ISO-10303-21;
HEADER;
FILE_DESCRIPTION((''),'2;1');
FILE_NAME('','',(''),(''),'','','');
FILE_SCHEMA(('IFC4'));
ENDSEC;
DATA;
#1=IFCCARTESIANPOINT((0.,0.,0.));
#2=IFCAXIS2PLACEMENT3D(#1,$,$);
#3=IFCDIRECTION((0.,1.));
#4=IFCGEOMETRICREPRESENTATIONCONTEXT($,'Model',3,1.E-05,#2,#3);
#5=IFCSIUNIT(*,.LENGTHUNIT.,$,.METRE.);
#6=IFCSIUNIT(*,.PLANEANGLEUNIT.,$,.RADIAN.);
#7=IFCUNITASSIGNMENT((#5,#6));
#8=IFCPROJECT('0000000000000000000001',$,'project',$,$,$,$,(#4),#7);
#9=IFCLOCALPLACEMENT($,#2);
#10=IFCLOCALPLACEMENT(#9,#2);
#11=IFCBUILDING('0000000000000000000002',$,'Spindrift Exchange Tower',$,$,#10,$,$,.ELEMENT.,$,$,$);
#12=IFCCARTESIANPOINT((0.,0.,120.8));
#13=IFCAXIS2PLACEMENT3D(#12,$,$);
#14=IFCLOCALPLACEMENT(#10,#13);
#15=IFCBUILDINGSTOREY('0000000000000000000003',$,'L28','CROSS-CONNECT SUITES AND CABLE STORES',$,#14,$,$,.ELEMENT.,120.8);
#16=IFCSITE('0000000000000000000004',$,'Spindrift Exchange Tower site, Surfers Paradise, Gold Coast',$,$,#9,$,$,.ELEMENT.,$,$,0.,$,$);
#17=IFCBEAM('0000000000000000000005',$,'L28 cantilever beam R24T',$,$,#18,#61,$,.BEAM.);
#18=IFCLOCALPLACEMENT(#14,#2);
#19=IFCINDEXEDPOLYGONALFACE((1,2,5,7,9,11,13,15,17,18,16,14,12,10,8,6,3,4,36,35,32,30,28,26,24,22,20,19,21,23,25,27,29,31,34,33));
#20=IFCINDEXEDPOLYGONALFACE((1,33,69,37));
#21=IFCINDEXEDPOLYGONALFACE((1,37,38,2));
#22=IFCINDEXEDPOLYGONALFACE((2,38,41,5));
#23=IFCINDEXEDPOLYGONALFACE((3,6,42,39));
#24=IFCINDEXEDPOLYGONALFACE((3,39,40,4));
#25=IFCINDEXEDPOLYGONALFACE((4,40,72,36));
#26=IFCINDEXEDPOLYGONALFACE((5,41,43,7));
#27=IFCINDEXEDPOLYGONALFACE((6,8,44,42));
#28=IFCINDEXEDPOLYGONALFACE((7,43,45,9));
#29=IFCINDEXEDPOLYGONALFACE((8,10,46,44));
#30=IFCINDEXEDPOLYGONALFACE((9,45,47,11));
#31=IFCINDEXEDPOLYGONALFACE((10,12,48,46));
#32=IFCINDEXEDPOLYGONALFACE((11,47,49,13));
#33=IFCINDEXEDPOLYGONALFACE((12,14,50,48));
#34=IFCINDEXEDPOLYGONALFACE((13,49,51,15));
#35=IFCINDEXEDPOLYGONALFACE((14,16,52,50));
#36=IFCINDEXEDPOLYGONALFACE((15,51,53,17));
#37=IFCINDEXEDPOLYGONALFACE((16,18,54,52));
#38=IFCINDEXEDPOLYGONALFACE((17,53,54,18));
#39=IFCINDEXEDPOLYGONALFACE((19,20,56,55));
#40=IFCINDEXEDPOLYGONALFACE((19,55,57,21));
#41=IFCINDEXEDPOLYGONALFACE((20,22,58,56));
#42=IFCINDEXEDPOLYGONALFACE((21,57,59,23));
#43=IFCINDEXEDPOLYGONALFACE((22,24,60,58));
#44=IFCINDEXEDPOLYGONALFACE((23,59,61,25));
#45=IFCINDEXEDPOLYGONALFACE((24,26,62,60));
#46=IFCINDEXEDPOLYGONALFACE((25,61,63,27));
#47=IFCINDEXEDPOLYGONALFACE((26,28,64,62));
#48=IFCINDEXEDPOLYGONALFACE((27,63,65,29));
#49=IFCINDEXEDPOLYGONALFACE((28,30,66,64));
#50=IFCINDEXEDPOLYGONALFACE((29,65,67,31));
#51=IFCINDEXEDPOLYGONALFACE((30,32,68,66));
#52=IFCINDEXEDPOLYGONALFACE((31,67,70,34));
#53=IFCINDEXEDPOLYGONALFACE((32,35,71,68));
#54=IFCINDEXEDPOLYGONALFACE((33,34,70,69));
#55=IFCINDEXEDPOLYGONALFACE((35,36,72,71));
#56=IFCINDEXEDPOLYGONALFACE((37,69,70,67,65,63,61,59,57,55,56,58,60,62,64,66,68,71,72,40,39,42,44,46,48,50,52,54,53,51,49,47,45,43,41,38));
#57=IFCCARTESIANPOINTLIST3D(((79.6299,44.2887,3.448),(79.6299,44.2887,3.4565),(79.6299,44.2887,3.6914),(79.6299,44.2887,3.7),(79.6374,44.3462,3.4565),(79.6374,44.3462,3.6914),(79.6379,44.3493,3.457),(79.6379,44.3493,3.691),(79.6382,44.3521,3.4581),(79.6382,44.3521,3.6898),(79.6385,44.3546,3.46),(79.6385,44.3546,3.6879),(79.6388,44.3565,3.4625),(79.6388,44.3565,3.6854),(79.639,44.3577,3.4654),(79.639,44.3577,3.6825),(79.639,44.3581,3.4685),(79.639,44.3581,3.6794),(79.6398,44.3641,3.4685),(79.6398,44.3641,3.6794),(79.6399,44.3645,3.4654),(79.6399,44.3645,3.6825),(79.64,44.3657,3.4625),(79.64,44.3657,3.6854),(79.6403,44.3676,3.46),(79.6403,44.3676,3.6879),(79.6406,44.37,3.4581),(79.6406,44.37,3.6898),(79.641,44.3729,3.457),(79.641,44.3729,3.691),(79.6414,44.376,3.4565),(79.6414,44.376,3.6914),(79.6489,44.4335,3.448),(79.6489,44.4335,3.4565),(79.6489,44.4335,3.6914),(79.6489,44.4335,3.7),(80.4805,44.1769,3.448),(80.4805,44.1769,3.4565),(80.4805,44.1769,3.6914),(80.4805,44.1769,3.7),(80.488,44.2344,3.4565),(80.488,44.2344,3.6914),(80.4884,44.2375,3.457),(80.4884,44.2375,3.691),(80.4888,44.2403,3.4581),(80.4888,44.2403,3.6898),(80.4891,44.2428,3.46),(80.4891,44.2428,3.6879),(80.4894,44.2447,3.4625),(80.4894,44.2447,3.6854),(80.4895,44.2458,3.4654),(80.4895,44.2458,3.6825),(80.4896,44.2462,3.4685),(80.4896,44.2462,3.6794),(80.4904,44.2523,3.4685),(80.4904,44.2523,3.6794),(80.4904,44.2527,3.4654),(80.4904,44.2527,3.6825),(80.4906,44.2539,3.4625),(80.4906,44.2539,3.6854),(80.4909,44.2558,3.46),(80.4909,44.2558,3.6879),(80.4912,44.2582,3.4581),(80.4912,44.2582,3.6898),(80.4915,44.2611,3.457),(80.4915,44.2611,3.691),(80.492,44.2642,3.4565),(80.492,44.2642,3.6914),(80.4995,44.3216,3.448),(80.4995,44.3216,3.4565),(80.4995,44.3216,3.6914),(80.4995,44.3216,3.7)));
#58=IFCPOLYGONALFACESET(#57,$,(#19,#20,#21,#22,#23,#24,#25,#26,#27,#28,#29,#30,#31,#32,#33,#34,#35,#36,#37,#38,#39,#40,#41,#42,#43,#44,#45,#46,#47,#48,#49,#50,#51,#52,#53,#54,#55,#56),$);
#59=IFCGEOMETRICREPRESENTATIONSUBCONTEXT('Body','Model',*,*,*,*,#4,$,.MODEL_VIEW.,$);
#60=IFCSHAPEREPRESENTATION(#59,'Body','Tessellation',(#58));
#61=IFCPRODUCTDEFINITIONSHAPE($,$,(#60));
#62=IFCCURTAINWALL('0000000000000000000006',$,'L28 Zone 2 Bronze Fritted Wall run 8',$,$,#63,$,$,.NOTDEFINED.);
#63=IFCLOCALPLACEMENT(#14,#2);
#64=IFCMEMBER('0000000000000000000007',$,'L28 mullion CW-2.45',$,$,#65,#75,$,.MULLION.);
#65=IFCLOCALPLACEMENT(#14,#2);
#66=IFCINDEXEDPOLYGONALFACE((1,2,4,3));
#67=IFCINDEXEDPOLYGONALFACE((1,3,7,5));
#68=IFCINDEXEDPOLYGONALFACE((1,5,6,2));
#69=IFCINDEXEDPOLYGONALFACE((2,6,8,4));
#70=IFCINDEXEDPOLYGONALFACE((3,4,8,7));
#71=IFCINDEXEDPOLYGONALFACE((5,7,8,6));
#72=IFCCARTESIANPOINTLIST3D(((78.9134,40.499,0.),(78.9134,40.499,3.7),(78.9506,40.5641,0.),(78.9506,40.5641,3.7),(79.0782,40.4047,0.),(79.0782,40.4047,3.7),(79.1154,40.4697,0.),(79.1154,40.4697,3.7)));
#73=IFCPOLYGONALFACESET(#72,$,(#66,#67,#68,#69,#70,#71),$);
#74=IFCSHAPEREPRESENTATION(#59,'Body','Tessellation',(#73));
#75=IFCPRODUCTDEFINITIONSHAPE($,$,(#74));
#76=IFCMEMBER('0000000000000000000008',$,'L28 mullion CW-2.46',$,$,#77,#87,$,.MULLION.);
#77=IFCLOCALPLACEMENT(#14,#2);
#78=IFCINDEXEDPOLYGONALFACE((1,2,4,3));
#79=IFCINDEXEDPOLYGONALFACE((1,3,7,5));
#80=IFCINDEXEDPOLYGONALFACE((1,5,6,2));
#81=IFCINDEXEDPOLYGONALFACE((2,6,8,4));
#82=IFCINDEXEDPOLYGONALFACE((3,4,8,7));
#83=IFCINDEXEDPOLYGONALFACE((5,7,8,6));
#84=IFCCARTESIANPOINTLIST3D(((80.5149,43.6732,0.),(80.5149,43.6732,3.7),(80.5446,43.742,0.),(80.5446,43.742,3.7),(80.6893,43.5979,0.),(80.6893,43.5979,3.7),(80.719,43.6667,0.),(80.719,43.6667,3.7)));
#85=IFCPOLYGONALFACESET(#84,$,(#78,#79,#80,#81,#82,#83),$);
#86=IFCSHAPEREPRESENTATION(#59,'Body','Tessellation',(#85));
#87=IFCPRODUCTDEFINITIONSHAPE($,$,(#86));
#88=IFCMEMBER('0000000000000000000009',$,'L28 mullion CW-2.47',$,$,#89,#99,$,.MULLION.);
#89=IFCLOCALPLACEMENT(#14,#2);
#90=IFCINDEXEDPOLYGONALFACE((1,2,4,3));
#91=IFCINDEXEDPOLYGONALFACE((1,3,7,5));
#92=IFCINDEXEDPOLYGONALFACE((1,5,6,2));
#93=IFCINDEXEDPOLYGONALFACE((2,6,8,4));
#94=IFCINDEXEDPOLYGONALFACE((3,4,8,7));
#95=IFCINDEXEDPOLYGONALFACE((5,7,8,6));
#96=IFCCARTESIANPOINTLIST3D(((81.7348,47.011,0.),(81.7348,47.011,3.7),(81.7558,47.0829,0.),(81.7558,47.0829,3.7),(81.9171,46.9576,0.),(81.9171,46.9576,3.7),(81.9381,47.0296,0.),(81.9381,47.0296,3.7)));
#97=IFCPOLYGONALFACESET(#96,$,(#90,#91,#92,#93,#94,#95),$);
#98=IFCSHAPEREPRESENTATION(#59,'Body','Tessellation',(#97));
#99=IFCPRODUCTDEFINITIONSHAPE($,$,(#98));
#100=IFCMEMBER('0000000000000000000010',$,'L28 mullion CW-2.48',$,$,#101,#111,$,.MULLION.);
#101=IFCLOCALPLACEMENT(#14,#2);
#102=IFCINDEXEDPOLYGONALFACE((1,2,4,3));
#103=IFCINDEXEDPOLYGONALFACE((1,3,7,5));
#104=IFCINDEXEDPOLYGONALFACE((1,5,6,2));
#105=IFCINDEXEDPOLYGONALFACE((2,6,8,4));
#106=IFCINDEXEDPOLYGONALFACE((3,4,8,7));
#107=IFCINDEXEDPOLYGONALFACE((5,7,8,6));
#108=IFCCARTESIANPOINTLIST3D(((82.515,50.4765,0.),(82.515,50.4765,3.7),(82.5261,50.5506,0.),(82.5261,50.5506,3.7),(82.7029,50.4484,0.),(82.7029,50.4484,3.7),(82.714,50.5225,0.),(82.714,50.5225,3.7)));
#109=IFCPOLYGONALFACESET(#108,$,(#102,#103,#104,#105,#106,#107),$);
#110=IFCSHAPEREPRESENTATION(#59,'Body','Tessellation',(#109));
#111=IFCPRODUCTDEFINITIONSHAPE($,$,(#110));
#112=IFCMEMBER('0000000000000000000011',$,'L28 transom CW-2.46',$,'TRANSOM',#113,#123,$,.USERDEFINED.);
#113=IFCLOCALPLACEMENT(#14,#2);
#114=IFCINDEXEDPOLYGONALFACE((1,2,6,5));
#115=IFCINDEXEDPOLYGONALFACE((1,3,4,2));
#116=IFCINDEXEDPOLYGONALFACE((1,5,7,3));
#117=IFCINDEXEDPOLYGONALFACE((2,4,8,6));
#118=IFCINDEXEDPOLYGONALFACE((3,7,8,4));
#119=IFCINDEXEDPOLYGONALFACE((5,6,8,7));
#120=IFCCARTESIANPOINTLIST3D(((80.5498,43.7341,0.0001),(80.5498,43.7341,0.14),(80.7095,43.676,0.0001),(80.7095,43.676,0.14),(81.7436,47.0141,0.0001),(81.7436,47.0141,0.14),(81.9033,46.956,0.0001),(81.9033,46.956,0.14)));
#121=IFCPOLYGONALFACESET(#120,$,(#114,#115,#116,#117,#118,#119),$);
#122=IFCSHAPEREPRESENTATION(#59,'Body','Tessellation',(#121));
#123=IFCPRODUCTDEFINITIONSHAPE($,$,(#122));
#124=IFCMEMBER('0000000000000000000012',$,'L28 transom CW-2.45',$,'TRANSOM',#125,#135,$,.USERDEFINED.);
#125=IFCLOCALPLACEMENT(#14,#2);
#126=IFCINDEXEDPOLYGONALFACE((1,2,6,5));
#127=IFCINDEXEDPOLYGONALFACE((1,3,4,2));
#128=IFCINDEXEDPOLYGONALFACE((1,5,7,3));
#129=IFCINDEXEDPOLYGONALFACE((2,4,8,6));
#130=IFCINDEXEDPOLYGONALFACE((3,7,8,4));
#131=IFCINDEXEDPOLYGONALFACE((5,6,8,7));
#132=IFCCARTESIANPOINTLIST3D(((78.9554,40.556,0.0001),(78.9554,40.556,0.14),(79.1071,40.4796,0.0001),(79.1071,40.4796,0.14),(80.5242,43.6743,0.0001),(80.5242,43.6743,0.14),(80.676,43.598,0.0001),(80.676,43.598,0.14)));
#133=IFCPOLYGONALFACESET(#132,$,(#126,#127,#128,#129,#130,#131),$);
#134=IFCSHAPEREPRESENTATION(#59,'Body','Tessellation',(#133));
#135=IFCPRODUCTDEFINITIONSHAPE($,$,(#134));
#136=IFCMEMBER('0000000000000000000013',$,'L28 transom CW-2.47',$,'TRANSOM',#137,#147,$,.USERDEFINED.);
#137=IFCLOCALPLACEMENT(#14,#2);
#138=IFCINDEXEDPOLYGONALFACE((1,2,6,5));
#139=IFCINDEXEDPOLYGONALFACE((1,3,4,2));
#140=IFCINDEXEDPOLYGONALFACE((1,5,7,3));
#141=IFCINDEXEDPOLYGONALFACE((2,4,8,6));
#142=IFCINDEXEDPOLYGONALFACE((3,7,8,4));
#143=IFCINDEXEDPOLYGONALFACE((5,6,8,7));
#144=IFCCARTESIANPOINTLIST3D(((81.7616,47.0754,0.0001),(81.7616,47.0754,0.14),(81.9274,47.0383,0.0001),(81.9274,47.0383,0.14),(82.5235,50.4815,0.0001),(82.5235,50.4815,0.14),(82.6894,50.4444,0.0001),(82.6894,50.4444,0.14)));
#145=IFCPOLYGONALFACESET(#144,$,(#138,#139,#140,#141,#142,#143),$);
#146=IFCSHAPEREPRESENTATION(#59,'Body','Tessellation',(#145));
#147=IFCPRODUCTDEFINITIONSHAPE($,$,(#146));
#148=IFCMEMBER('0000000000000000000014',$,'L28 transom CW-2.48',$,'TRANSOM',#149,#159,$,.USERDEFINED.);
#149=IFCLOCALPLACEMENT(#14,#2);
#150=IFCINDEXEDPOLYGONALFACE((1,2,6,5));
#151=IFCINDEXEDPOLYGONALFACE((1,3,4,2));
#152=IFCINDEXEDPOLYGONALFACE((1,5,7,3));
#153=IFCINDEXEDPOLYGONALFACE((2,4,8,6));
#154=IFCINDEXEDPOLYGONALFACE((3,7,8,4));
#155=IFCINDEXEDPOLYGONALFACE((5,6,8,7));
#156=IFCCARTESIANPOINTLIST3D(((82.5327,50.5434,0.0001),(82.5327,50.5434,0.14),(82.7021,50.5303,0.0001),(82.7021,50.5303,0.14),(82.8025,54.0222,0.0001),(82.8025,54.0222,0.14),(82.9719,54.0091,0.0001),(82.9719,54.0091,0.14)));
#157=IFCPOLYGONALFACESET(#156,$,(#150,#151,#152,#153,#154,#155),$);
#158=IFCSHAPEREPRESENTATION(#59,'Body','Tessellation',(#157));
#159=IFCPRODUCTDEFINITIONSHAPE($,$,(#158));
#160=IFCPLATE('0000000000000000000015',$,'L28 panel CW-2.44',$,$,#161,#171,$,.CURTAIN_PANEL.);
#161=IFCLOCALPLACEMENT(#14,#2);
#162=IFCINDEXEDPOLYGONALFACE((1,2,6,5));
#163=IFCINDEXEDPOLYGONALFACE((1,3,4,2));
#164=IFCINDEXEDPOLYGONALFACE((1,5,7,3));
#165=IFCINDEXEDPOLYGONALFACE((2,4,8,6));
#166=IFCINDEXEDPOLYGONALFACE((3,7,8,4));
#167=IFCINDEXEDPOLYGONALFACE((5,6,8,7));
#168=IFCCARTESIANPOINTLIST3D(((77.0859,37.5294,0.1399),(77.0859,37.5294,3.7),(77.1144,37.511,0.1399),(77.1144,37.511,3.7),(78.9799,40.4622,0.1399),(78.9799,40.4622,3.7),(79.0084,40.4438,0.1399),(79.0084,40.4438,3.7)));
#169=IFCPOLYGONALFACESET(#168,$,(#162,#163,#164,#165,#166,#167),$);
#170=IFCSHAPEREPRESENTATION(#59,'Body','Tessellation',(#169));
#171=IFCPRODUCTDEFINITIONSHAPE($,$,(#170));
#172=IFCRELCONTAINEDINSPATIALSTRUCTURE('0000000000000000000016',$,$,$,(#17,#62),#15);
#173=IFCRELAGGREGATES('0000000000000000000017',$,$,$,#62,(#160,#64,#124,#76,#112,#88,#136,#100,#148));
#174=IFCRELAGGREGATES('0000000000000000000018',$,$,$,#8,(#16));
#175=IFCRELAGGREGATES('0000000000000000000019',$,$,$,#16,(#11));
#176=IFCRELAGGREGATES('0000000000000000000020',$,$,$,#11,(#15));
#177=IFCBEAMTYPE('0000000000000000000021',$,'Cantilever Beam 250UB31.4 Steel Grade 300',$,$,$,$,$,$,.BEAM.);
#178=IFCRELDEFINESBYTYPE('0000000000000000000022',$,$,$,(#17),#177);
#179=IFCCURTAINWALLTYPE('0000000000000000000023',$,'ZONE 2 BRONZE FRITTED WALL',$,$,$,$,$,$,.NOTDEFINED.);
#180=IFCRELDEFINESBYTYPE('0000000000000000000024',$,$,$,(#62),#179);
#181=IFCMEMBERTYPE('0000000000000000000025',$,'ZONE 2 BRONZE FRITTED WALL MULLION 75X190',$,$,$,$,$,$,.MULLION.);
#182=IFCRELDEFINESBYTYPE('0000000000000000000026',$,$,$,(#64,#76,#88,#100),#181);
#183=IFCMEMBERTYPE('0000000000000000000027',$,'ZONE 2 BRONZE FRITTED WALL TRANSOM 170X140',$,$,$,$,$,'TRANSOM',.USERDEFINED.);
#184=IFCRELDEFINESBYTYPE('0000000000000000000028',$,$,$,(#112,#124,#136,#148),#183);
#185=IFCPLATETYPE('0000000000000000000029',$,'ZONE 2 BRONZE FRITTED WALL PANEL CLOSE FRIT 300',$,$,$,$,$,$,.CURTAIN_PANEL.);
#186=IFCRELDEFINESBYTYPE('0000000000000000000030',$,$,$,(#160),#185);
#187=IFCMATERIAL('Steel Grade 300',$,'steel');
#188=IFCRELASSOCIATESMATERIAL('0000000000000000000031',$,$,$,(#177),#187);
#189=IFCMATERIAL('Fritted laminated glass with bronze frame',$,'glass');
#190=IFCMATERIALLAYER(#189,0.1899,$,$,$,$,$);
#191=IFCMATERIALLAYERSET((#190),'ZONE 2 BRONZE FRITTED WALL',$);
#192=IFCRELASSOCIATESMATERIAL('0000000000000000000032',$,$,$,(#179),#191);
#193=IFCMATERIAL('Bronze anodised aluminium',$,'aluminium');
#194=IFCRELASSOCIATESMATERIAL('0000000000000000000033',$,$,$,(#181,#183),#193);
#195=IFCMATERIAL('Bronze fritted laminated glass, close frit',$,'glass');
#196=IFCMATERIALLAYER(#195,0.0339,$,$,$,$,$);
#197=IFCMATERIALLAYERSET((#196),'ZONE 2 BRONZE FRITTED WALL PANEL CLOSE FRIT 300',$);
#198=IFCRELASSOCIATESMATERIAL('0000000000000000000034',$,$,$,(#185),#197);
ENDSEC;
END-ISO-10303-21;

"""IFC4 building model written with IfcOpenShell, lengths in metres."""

from ifc_helpers import new_model, si_unit, direction, frame, origin, origin_2d, place, context, subcontext, project, spatial, rectangle, i_section, extrude, source, transform, mapped, material, layer, layer_set, material_profile, profile_set, type_object, element, aggregate, save


model = new_model("IFC4")

# Units and contexts
model_context = context("Model", 3, precision=1e-05, world=origin(), true_north=direction((0.0, 1.0)))
body_context = subcontext(model_context, "Body", "Model", "MODEL_VIEW")
ifc_project = project(units=[si_unit("LENGTHUNIT", "METRE"), si_unit("PLANEANGLEUNIT", "RADIAN")], contexts=[model_context])

# Site, building, storey
site_placement = place(None, origin())
site = spatial("IfcSite", under=ifc_project, at=site_placement, Name="Spindrift Exchange Tower site, Surfers Paradise, Gold Coast", CompositionType="ELEMENT", RefElevation=0.0)
building_placement = place(site_placement, origin())
building = spatial("IfcBuilding", under=site, at=building_placement, Name="Spindrift Exchange Tower", CompositionType="ELEMENT")
storey_placement = place(building_placement, frame((0.0, 0.0, 120.8)))
storey = spatial("IfcBuildingStorey", under=building, at=storey_placement, Name="L28", Description="CROSS-CONNECT SUITES AND CABLE STORES", CompositionType="ELEMENT", Elevation=120.8)

# Beam
ifc_material_1 = material(Name="Steel Grade 300", Category="steel")
ifc_material_profile_1 = material_profile(ifc_material_1, i_section(OverallWidth=0.146, OverallDepth=0.252, WebThickness=0.0061, FlangeThickness=0.0085, FilletRadius=0.012, at=origin_2d()), Name="250UB31.4")
ifc_profile_set_1 = profile_set([ifc_material_profile_1], Name="Steel Grade 300")
beam_type_1 = type_object("IfcBeamType", Name="Cantilever Beam 250UB31.4 Steel Grade 300", PredefinedType="BEAM", material=ifc_profile_set_1)
shared_shape_1 = source(origin(), body_context, "Body", "SweptSolid", [
    extrude(i_section(OverallWidth=0.146, OverallDepth=0.252, WebThickness=0.0061, FlangeThickness=0.0085, FilletRadius=0.012, at=origin_2d()), origin(), (0.0, 0.0, 1.0), 0.8579),
])
beam_1_placement = place(storey_placement, frame((79.6394, 44.3611, 3.574), z_axis=(0.99147, -0.130337, 0.0), x_axis=(0.130337, 0.99147, 0.0)))
element("IfcBeam", 1, at=beam_1_placement, inside=storey, type_object=beam_type_1, Name="L28 cantilever beam R24T", PredefinedType="BEAM", context=body_context, shape_type="MappedRepresentation", body=[
    mapped(shared_shape_1, transform((0.0, 0.0, 0.0), scale=1.0)),
])

# Curtain wall, members, plate
ifc_material_2 = material(Name="Fritted laminated glass with bronze frame", Category="glass")
ifc_layer_1 = layer(ifc_material_2, 0.1899)
ifc_layer_set_1 = layer_set([ifc_layer_1], Name="ZONE 2 BRONZE FRITTED WALL")
curtain_wall_type = type_object("IfcCurtainWallType", Name="ZONE 2 BRONZE FRITTED WALL", PredefinedType="NOTDEFINED", material=ifc_layer_set_1)
curtain_wall_placement = place(storey_placement, origin())
curtain_wall = element("IfcCurtainWall", 2, at=curtain_wall_placement, inside=storey, type_object=curtain_wall_type, Name="L28 Zone 2 Bronze Fritted Wall run 8", PredefinedType="NOTDEFINED")
ifc_material_3 = material(Name="Bronze anodised aluminium", Category="aluminium")
ifc_material_profile_2 = material_profile(ifc_material_3, rectangle(XDim=0.075, YDim=0.1899, at=origin_2d()), Name="ZONE 2 BRONZE FRITTED WALL MULLION 75X190")
ifc_profile_set_2 = profile_set([ifc_material_profile_2], Name="Bronze anodised aluminium")
member_type_1 = type_object("IfcMemberType", Name="ZONE 2 BRONZE FRITTED WALL MULLION 75X190", PredefinedType="MULLION", material=ifc_profile_set_2)
shared_shape_2 = source(origin(), body_context, "Body", "SweptSolid", [
    extrude(rectangle(XDim=0.075, YDim=0.1899, at=origin_2d()), origin(), (0.0, 0.0, 1.0), 3.7),
])
member_1_placement = place(storey_placement, frame((79.0144, 40.4844, 0.0), z_axis=(0.0, 0.0, 1.0), x_axis=(0.496685, 0.867931, 0.0)))
member_1 = element("IfcMember", 3, at=member_1_placement, type_object=member_type_1, Name="L28 mullion CW-2.45", PredefinedType="MULLION", context=body_context, shape_type="MappedRepresentation", body=[
    mapped(shared_shape_2, transform((0.0, 0.0, 0.0), scale=1.0)),
])
member_2_placement = place(storey_placement, frame((80.6169, 43.6699, 0.0), z_axis=(0.0, 0.0, 1.0), x_axis=(0.396408, 0.918075, 0.0)))
member_2 = element("IfcMember", 4, at=member_2_placement, type_object=member_type_1, Name="L28 mullion CW-2.46", PredefinedType="MULLION", context=body_context, shape_type="MappedRepresentation", body=[
    mapped(shared_shape_2, transform((0.0, 0.0, 0.0), scale=1.0)),
])
member_3_placement = place(storey_placement, frame((81.8364, 47.0203, 0.0), z_axis=(0.0, 0.0, 1.0), x_axis=(0.280738, 0.959784, 0.0)))
member_3 = element("IfcMember", 5, at=member_3_placement, type_object=member_type_1, Name="L28 mullion CW-2.47", PredefinedType="MULLION", context=body_context, shape_type="MappedRepresentation", body=[
    mapped(shared_shape_2, transform((0.0, 0.0, 0.0), scale=1.0)),
])
member_4_placement = place(storey_placement, frame((82.6145, 50.4995, 0.0), z_axis=(0.0, 0.0, 1.0), x_axis=(0.148166, 0.988963, 0.0)))
member_4 = element("IfcMember", 6, at=member_4_placement, type_object=member_type_1, Name="L28 mullion CW-2.48", PredefinedType="MULLION", context=body_context, shape_type="MappedRepresentation", body=[
    mapped(shared_shape_2, transform((0.0, 0.0, 0.0), scale=1.0)),
])
ifc_material_profile_3 = material_profile(ifc_material_3, rectangle(XDim=0.1699, YDim=0.1399, at=origin_2d()), Name="ZONE 2 BRONZE FRITTED WALL TRANSOM 170X140")
ifc_profile_set_3 = profile_set([ifc_material_profile_3], Name="Bronze anodised aluminium")
member_type_2 = type_object("IfcMemberType", Name="ZONE 2 BRONZE FRITTED WALL TRANSOM 170X140", ElementType="TRANSOM", PredefinedType="USERDEFINED", material=ifc_profile_set_3)
shared_shape_3 = source(origin(), body_context, "Body", "SweptSolid", [
    extrude(rectangle(XDim=0.1699, YDim=0.1399, at=origin_2d()), origin(), (0.0, 0.0, 1.0), 3.4905),
])
member_5_placement = place(storey_placement, frame((80.6296, 43.7051, 0.0701), z_axis=(0.342024, 0.939691, 0.0), x_axis=(-0.939691, 0.342024, 0.0)))
member_5 = element("IfcMember", 7, at=member_5_placement, type_object=member_type_2, Name="L28 transom CW-2.46", ObjectType="TRANSOM", PredefinedType="USERDEFINED", context=body_context, shape_type="MappedRepresentation", body=[
    mapped(shared_shape_3, transform((0.0, 0.0, 0.0), scale=1.0)),
])
shared_shape_4 = source(origin(), body_context, "Body", "SweptSolid", [
    extrude(rectangle(XDim=0.1699, YDim=0.1399, at=origin_2d()), origin(), (0.0, 0.0, 1.0), 3.4907),
])
member_6_placement = place(storey_placement, frame((79.0312, 40.5178, 0.0701), z_axis=(0.449422, 0.893319, 0.0), x_axis=(-0.893319, 0.449422, 0.0)))
member_6 = element("IfcMember", 8, at=member_6_placement, type_object=member_type_2, Name="L28 transom CW-2.45", ObjectType="TRANSOM", PredefinedType="USERDEFINED", context=body_context, shape_type="MappedRepresentation", body=[
    mapped(shared_shape_4, transform((0.0, 0.0, 0.0), scale=1.0)),
])
shared_shape_5 = source(origin(), body_context, "Body", "SweptSolid", [
    extrude(rectangle(XDim=0.1699, YDim=0.1399, at=origin_2d()), origin(), (0.0, 0.0, 1.0), 3.4902),
])
member_7_placement = place(storey_placement, frame((81.8445, 47.0569, 0.0701), z_axis=(0.218315, 0.975878, 0.0), x_axis=(-0.975878, 0.218315, 0.0)))
member_7 = element("IfcMember", 9, at=member_7_placement, type_object=member_type_2, Name="L28 transom CW-2.47", ObjectType="TRANSOM", PredefinedType="USERDEFINED", context=body_context, shape_type="MappedRepresentation", body=[
    mapped(shared_shape_5, transform((0.0, 0.0, 0.0), scale=1.0)),
])
shared_shape_6 = source(origin(), body_context, "Body", "SweptSolid", [
    extrude(rectangle(XDim=0.1699, YDim=0.1399, at=origin_2d()), origin(), (0.0, 0.0, 1.0), 3.4893),
])
member_8_placement = place(storey_placement, frame((82.6174, 50.5369, 0.0701), z_axis=(0.077317, 0.997007, 0.0), x_axis=(-0.997007, 0.077317, 0.0)))
member_8 = element("IfcMember", 10, at=member_8_placement, type_object=member_type_2, Name="L28 transom CW-2.48", ObjectType="TRANSOM", PredefinedType="USERDEFINED", context=body_context, shape_type="MappedRepresentation", body=[
    mapped(shared_shape_6, transform((0.0, 0.0, 0.0), scale=1.0)),
])
ifc_material_4 = material(Name="Bronze fritted laminated glass, close frit", Category="glass")
ifc_layer_2 = layer(ifc_material_4, 0.0339)
ifc_layer_set_2 = layer_set([ifc_layer_2], Name="ZONE 2 BRONZE FRITTED WALL PANEL CLOSE FRIT 300")
plate_type_1 = type_object("IfcPlateType", Name="ZONE 2 BRONZE FRITTED WALL PANEL CLOSE FRIT 300", PredefinedType="CURTAIN_PANEL", material=ifc_layer_set_2)
shared_shape_7 = source(origin(), body_context, "Body", "SweptSolid", [
    extrude(rectangle(XDim=3.4912, YDim=0.0339, at=origin_2d()), origin(), (0.0, 0.0, 1.0), 3.5601),
])
plate_1_placement = place(storey_placement, frame((78.0471, 38.9866, 0.1399), z_axis=(0.0, 0.0, 1.0), x_axis=(0.542508, 0.840051, 0.0)))
plate_1 = element("IfcPlate", 11, at=plate_1_placement, type_object=plate_type_1, Name="L28 panel CW-2.44", PredefinedType="CURTAIN_PANEL", context=body_context, shape_type="MappedRepresentation", body=[
    mapped(shared_shape_7, transform((0.0, 0.0, 0.0), scale=1.0)),
])
aggregate(curtain_wall, [plate_1, member_1, member_6, member_2, member_5, member_3, member_7, member_4, member_8])

save(model, "model.ifc")
